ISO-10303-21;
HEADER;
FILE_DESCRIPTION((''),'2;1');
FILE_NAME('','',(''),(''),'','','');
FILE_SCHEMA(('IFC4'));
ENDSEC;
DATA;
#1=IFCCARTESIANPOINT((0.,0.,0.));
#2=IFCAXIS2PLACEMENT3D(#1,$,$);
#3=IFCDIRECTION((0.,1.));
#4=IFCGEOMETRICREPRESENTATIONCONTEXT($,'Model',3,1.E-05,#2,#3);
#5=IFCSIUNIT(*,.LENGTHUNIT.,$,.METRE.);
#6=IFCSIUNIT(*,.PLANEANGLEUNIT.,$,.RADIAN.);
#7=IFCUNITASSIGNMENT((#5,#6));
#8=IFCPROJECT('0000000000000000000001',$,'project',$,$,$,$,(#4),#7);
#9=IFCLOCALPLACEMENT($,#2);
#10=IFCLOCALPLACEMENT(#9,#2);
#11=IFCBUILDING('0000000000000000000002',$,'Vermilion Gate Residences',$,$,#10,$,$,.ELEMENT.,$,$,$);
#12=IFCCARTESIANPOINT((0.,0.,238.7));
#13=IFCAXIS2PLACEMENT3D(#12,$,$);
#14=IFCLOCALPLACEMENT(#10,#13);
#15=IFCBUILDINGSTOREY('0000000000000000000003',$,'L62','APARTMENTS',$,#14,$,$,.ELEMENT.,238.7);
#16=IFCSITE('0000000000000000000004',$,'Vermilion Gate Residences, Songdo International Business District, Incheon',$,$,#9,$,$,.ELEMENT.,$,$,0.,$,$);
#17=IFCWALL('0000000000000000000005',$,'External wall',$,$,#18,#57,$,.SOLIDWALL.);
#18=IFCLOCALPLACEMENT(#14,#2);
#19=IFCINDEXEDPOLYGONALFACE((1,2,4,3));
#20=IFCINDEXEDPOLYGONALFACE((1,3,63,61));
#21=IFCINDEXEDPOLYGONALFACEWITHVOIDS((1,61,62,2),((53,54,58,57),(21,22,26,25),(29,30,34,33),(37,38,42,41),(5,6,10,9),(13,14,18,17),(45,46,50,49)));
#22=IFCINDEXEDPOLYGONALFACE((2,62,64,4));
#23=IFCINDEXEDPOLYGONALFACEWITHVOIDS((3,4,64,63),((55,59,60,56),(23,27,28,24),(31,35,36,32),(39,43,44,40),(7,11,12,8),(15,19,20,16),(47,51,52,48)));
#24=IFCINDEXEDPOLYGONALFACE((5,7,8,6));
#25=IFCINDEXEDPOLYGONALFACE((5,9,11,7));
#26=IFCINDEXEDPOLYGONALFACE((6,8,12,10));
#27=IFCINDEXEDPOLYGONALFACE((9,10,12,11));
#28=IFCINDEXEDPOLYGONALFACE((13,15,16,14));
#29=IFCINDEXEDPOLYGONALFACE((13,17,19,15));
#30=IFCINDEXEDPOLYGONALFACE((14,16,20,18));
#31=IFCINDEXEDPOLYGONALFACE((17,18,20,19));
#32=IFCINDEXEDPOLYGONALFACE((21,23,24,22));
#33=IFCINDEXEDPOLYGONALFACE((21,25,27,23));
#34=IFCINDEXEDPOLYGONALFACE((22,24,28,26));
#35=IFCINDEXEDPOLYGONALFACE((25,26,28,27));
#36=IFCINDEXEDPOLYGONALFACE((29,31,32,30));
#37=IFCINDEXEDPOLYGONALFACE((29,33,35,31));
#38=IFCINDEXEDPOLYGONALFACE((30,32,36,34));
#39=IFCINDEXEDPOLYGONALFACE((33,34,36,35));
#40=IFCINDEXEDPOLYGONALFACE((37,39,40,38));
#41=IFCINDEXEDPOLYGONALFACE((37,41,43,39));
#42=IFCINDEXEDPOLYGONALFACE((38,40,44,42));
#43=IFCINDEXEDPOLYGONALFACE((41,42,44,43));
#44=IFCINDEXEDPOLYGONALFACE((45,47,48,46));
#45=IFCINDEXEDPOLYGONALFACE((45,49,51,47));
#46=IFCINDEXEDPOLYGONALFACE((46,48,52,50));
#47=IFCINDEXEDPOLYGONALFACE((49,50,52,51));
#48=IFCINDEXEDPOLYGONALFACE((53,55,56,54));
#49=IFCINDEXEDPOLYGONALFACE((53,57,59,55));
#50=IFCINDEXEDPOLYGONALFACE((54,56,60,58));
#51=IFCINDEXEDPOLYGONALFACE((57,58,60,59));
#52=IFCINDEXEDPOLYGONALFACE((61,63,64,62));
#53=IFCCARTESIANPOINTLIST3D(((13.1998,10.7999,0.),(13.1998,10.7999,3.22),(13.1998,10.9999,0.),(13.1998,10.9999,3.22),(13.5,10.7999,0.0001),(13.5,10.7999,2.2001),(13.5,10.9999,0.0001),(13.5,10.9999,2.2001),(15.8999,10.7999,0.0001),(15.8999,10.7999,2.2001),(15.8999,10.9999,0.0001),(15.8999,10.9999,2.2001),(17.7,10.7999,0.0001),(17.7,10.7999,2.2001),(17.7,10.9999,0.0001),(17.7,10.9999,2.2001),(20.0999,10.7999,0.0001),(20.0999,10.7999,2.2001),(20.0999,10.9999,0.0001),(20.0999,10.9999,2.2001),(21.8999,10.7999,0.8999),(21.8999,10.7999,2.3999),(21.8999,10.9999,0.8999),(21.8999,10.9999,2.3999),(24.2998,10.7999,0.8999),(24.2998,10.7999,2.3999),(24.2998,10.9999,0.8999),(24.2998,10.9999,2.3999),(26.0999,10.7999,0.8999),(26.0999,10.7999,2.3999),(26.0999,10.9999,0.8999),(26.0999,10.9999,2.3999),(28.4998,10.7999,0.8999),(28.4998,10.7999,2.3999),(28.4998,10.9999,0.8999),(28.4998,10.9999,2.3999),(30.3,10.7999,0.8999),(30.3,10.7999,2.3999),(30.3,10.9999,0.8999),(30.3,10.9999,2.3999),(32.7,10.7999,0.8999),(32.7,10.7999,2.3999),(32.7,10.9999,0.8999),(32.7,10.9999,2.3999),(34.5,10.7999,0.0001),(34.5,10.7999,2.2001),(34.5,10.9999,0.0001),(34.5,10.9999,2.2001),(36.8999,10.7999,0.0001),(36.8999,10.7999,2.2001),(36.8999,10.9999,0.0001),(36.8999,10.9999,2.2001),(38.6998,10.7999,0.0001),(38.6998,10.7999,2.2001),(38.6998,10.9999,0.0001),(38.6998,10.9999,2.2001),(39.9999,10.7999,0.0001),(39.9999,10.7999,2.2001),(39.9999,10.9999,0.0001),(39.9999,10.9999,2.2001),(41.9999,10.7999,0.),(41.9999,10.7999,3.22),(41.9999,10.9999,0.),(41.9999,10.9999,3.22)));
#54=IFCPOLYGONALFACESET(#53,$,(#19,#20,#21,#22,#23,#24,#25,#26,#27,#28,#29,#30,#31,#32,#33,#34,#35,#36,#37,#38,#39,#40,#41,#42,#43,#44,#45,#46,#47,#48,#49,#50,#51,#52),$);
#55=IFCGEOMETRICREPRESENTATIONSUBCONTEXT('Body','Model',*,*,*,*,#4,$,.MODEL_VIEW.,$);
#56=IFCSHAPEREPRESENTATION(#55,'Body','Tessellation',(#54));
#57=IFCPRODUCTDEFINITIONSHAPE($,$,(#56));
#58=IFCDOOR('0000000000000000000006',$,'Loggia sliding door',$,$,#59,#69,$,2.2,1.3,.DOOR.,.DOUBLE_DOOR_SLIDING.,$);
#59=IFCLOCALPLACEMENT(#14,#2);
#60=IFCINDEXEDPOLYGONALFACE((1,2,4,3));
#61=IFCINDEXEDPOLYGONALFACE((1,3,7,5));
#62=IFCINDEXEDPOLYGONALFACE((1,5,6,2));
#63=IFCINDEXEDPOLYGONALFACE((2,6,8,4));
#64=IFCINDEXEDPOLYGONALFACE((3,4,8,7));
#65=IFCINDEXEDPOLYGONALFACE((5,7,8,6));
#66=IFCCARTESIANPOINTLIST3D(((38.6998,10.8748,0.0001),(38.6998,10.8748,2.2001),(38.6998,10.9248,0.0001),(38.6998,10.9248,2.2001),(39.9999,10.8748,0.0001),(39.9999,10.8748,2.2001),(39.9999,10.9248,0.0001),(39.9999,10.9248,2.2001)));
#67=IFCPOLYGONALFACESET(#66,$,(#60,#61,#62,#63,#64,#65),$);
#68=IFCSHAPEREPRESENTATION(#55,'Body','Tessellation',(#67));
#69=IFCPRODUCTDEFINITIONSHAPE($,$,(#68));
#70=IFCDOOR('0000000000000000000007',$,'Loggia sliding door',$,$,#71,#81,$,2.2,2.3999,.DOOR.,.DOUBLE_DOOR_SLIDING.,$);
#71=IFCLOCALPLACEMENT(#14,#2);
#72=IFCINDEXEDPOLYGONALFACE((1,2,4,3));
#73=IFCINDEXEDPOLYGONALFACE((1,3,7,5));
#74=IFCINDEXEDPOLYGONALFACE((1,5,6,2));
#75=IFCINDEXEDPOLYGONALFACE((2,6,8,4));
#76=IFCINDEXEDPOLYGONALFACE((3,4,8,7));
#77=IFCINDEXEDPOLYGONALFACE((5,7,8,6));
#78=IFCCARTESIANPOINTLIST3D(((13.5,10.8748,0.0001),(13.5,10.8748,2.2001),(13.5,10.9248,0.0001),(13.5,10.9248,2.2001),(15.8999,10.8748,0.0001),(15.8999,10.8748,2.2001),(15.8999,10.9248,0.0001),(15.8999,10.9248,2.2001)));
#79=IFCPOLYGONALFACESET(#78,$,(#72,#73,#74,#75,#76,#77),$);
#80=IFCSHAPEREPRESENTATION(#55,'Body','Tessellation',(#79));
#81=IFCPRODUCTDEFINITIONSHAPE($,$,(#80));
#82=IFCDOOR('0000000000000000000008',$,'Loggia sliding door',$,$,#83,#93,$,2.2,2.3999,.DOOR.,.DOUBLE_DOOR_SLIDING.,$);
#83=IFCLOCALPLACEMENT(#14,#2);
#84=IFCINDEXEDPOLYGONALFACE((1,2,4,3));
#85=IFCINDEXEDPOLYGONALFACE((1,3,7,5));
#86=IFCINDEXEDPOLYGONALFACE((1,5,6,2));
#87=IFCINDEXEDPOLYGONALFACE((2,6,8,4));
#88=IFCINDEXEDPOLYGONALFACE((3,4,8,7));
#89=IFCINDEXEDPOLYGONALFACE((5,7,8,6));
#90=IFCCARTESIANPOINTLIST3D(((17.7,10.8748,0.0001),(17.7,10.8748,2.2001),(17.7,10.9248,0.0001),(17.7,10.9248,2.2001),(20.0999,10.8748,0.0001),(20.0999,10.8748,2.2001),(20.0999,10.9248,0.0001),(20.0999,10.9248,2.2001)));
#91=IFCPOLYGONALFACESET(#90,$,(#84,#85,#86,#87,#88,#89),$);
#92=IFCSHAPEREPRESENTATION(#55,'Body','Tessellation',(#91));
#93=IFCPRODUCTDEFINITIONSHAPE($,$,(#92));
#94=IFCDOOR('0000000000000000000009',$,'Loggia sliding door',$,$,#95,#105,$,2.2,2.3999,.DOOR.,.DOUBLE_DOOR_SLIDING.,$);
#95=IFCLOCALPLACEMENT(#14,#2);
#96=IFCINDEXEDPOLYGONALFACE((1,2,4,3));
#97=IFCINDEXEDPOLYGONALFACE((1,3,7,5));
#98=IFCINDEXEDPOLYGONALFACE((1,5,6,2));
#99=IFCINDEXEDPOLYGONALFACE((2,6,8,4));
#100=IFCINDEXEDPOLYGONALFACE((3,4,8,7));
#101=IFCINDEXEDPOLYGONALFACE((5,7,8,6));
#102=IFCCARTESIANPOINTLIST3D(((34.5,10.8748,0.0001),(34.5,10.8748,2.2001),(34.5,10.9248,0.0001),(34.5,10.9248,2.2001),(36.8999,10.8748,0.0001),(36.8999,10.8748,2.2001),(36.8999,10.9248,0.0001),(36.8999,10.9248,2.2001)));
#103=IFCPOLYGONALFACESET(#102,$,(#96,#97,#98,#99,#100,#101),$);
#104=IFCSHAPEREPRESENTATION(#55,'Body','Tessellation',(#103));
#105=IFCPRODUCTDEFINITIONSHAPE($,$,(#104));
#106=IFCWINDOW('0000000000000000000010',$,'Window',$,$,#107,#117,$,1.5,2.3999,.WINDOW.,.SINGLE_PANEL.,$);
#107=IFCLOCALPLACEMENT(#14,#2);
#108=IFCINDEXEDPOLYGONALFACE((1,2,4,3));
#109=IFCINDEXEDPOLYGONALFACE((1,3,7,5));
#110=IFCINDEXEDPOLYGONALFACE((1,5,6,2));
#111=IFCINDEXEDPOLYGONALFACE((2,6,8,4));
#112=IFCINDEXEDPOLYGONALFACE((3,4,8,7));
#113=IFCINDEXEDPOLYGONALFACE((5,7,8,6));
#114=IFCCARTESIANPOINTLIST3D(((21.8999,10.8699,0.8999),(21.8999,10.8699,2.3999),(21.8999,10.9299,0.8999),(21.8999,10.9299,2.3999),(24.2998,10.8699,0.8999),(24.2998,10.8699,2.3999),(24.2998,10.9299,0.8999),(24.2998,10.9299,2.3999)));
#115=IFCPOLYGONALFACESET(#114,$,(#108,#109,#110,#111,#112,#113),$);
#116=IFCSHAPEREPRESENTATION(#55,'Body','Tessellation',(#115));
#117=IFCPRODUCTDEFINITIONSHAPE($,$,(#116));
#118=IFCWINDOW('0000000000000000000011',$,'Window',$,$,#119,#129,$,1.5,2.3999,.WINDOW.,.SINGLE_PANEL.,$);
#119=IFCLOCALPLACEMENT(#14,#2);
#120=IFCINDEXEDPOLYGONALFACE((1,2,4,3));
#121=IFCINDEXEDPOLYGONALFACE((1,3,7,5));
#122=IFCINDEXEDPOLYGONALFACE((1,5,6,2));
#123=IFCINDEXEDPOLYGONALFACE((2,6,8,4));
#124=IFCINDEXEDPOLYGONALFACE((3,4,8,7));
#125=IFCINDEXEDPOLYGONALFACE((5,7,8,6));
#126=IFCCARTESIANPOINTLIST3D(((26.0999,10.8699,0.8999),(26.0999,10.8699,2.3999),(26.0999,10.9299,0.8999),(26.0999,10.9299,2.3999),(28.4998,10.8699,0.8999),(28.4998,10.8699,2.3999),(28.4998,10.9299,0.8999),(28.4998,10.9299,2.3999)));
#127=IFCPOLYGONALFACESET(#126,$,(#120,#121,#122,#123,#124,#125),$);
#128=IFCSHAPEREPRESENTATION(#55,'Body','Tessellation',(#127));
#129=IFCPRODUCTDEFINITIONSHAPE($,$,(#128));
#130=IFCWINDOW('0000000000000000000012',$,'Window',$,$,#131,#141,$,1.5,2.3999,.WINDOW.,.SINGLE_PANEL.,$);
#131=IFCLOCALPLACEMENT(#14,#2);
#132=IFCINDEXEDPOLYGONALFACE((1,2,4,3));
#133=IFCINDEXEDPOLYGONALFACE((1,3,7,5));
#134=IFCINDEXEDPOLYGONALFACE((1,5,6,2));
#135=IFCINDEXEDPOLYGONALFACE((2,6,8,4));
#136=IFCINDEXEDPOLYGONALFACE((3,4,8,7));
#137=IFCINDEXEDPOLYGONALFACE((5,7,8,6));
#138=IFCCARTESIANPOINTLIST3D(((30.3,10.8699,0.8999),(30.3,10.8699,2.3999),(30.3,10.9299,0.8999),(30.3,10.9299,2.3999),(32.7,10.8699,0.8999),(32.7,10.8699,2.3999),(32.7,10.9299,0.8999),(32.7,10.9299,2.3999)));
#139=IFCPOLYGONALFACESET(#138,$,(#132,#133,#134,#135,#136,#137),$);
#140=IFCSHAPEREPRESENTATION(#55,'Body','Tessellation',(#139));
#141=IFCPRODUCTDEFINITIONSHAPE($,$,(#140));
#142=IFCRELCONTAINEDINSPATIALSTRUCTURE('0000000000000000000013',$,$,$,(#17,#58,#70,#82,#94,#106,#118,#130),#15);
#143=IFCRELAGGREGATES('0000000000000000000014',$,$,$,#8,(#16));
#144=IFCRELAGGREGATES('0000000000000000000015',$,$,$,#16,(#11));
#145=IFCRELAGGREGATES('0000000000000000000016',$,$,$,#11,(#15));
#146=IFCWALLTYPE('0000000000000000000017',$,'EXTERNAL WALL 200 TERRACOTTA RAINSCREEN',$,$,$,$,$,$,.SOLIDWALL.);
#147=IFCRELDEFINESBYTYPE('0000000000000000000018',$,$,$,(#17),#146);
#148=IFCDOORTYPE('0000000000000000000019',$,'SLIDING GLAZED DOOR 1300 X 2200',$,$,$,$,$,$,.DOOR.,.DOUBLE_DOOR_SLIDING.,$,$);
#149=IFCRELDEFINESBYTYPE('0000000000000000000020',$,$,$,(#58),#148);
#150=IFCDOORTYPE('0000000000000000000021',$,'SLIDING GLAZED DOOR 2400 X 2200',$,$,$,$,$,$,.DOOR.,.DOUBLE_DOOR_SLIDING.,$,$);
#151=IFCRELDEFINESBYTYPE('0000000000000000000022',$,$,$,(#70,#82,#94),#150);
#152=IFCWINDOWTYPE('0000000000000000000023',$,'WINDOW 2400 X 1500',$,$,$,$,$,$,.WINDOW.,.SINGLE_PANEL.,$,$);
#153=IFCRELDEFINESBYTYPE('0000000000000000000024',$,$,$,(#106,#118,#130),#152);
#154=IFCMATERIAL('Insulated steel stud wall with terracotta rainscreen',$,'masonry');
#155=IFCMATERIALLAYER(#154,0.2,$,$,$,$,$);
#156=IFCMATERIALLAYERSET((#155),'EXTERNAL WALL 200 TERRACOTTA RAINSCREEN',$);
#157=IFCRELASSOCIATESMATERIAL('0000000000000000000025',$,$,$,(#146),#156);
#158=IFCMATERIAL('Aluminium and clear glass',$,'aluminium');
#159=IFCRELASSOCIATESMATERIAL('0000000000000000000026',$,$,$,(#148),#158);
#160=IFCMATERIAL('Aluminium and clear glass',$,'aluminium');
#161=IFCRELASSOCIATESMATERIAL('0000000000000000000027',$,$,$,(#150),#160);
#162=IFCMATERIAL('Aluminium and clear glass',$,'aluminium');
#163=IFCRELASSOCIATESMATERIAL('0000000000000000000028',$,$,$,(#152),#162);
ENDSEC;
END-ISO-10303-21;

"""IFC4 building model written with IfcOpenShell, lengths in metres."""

from ifc_helpers import new_model, si_unit, direction, frame, frame_2d, origin, place, context, subcontext, project, spatial, rectangle, extrude, material, layer, layer_set, type_object, element, fill, save


model = new_model("IFC4")

# Units and contexts
model_context = context("Model", 3, precision=1e-05, world=origin(), true_north=direction((0.0, 1.0)))
body_context = subcontext(model_context, "Body", "Model", "MODEL_VIEW")
ifc_project = project(units=[si_unit("LENGTHUNIT", "METRE"), si_unit("PLANEANGLEUNIT", "RADIAN")], contexts=[model_context])

# Site, building, storey
site_placement = place(None, origin())
site = spatial("IfcSite", under=ifc_project, at=site_placement, Name="Vermilion Gate Residences, Songdo International Business District, Incheon", CompositionType="ELEMENT", RefElevation=0.0)
building_placement = place(site_placement, origin())
building = spatial("IfcBuilding", under=site, at=building_placement, Name="Vermilion Gate Residences", CompositionType="ELEMENT")
storey_placement = place(building_placement, frame((0.0, 0.0, 238.7)))
storey = spatial("IfcBuildingStorey", under=building, at=storey_placement, Name="L62", Description="APARTMENTS", CompositionType="ELEMENT", Elevation=238.7)

# Shared definitions
ifc_material_1 = material(Name="Insulated steel stud wall with terracotta rainscreen", Category="masonry")
ifc_layer_1 = layer(ifc_material_1, 0.2)
ifc_layer_set_1 = layer_set([ifc_layer_1], Name="EXTERNAL WALL 200 TERRACOTTA RAINSCREEN")
wall_type_1 = type_object("IfcWallType", Name="EXTERNAL WALL 200 TERRACOTTA RAINSCREEN", PredefinedType="SOLIDWALL", material=ifc_layer_set_1)

# Wall, openings, doors, windows
wall_1_placement = place(storey_placement, frame((13.2, 10.8999, 0.0), z_axis=(0.0, 0.0, 1.0), x_axis=(1.0, 0.0, 0.0)))
wall_1 = element("IfcWall", 1, at=wall_1_placement, inside=storey, type_object=wall_type_1, Name="External wall", PredefinedType="SOLIDWALL", context=body_context, shape_type="SweptSolid", body=[
    extrude(rectangle(XDim=28.8, YDim=0.2, at=frame_2d((14.3999, 0.0))), origin(), (0.0, 0.0, 1.0), 3.22),
])
opening_1_placement = place(wall_1_placement, frame((0.3, 0.0, 0.0)))
opening_1 = element("IfcOpeningElement", 2, at=opening_1_placement, cuts=wall_1, PredefinedType="OPENING", context=body_context, shape_type="SweptSolid", body=[
    extrude(rectangle(XDim=2.3999, YDim=2.2, at=frame_2d((1.2, 1.1001))), frame((0.0, 0.1099, 0.0), z_axis=(0.0, -1.0, 0.0), x_axis=(1.0, 0.0, 0.0)), (0.0, 0.0, 1.0), 0.22),
])
opening_2_placement = place(wall_1_placement, frame((4.5, 0.0, 0.0)))
opening_2 = element("IfcOpeningElement", 3, at=opening_2_placement, cuts=wall_1, PredefinedType="OPENING", context=body_context, shape_type="SweptSolid", body=[
    extrude(rectangle(XDim=2.3999, YDim=2.2, at=frame_2d((1.2, 1.1001))), frame((0.0, 0.1099, 0.0), z_axis=(0.0, -1.0, 0.0), x_axis=(1.0, 0.0, 0.0)), (0.0, 0.0, 1.0), 0.22),
])
opening_3_placement = place(wall_1_placement, frame((8.7, 0.0, 0.8999)))
opening_3 = element("IfcOpeningElement", 4, at=opening_3_placement, cuts=wall_1, PredefinedType="OPENING", context=body_context, shape_type="SweptSolid", body=[
    extrude(rectangle(XDim=2.3999, YDim=1.5, at=frame_2d((1.2, 0.75))), frame((0.0, 0.1099, 0.0), z_axis=(0.0, -1.0, 0.0), x_axis=(1.0, 0.0, 0.0)), (0.0, 0.0, 1.0), 0.22),
])
opening_4_placement = place(wall_1_placement, frame((12.8999, 0.0, 0.8999)))
opening_4 = element("IfcOpeningElement", 5, at=opening_4_placement, cuts=wall_1, PredefinedType="OPENING", context=body_context, shape_type="SweptSolid", body=[
    extrude(rectangle(XDim=2.3999, YDim=1.5, at=frame_2d((1.2, 0.75))), frame((0.0, 0.1099, 0.0), z_axis=(0.0, -1.0, 0.0), x_axis=(1.0, 0.0, 0.0)), (0.0, 0.0, 1.0), 0.22),
])
opening_5_placement = place(wall_1_placement, frame((17.1001, 0.0, 0.8999)))
opening_5 = element("IfcOpeningElement", 6, at=opening_5_placement, cuts=wall_1, PredefinedType="OPENING", context=body_context, shape_type="SweptSolid", body=[
    extrude(rectangle(XDim=2.3999, YDim=1.5, at=frame_2d((1.2, 0.75))), frame((0.0, 0.1099, 0.0), z_axis=(0.0, -1.0, 0.0), x_axis=(1.0, 0.0, 0.0)), (0.0, 0.0, 1.0), 0.22),
])
opening_6_placement = place(wall_1_placement, frame((21.3, 0.0, 0.0)))
opening_6 = element("IfcOpeningElement", 7, at=opening_6_placement, cuts=wall_1, PredefinedType="OPENING", context=body_context, shape_type="SweptSolid", body=[
    extrude(rectangle(XDim=2.3999, YDim=2.2, at=frame_2d((1.2, 1.1001))), frame((0.0, 0.1099, 0.0), z_axis=(0.0, -1.0, 0.0), x_axis=(1.0, 0.0, 0.0)), (0.0, 0.0, 1.0), 0.22),
])
opening_7_placement = place(wall_1_placement, frame((25.5, 0.0, 0.0)))
opening_7 = element("IfcOpeningElement", 8, at=opening_7_placement, cuts=wall_1, PredefinedType="OPENING", context=body_context, shape_type="SweptSolid", body=[
    extrude(rectangle(XDim=1.3, YDim=2.2, at=frame_2d((0.6499, 1.1001))), frame((0.0, 0.1099, 0.0), z_axis=(0.0, -1.0, 0.0), x_axis=(1.0, 0.0, 0.0)), (0.0, 0.0, 1.0), 0.22),
])
ifc_material_2 = material(Name="Aluminium and clear glass", Category="aluminium")
door_type_1 = type_object("IfcDoorType", Name="SLIDING GLAZED DOOR 1300 X 2200", OperationType="DOUBLE_DOOR_SLIDING", PredefinedType="DOOR", material=ifc_material_2)
door_1_placement = place(opening_7_placement, origin())
door_1 = element("IfcDoor", 9, at=door_1_placement, inside=storey, type_object=door_type_1, Name="Loggia sliding door", OperationType="DOUBLE_DOOR_SLIDING", OverallHeight=2.2, OverallWidth=1.3, PredefinedType="DOOR", context=body_context, shape_type="SweptSolid", body=[
    extrude(rectangle(XDim=1.3, YDim=2.2, at=frame_2d((0.6499, 1.1001))), frame((0.0, 0.0249, 0.0), z_axis=(0.0, -1.0, 0.0), x_axis=(1.0, 0.0, 0.0)), (0.0, 0.0, 1.0), 0.05),
])
fill(opening_7, door_1)
ifc_material_3 = material(Name="Aluminium and clear glass", Category="aluminium")
door_type_2 = type_object("IfcDoorType", Name="SLIDING GLAZED DOOR 2400 X 2200", OperationType="DOUBLE_DOOR_SLIDING", PredefinedType="DOOR", material=ifc_material_3)
door_2_placement = place(opening_1_placement, origin())
door_2 = element("IfcDoor", 10, at=door_2_placement, inside=storey, type_object=door_type_2, Name="Loggia sliding door", OperationType="DOUBLE_DOOR_SLIDING", OverallHeight=2.2, OverallWidth=2.3999, PredefinedType="DOOR", context=body_context, shape_type="SweptSolid", body=[
    extrude(rectangle(XDim=2.3999, YDim=2.2, at=frame_2d((1.2, 1.1001))), frame((0.0, 0.0249, 0.0), z_axis=(0.0, -1.0, 0.0), x_axis=(1.0, 0.0, 0.0)), (0.0, 0.0, 1.0), 0.05),
])
fill(opening_1, door_2)
door_3_placement = place(opening_2_placement, origin())
door_3 = element("IfcDoor", 11, at=door_3_placement, inside=storey, type_object=door_type_2, Name="Loggia sliding door", OperationType="DOUBLE_DOOR_SLIDING", OverallHeight=2.2, OverallWidth=2.3999, PredefinedType="DOOR", context=body_context, shape_type="SweptSolid", body=[
    extrude(rectangle(XDim=2.3999, YDim=2.2, at=frame_2d((1.2, 1.1001))), frame((0.0, 0.0249, 0.0), z_axis=(0.0, -1.0, 0.0), x_axis=(1.0, 0.0, 0.0)), (0.0, 0.0, 1.0), 0.05),
])
fill(opening_2, door_3)
door_4_placement = place(opening_6_placement, origin())
door_4 = element("IfcDoor", 12, at=door_4_placement, inside=storey, type_object=door_type_2, Name="Loggia sliding door", OperationType="DOUBLE_DOOR_SLIDING", OverallHeight=2.2, OverallWidth=2.3999, PredefinedType="DOOR", context=body_context, shape_type="SweptSolid", body=[
    extrude(rectangle(XDim=2.3999, YDim=2.2, at=frame_2d((1.2, 1.1001))), frame((0.0, 0.0249, 0.0), z_axis=(0.0, -1.0, 0.0), x_axis=(1.0, 0.0, 0.0)), (0.0, 0.0, 1.0), 0.05),
])
fill(opening_6, door_4)
ifc_material_4 = material(Name="Aluminium and clear glass", Category="aluminium")
window_type = type_object("IfcWindowType", Name="WINDOW 2400 X 1500", PartitioningType="SINGLE_PANEL", PredefinedType="WINDOW", material=ifc_material_4)
window_1_placement = place(opening_3_placement, origin())
window_1 = element("IfcWindow", 13, at=window_1_placement, inside=storey, type_object=window_type, Name="Window", OverallHeight=1.5, OverallWidth=2.3999, PartitioningType="SINGLE_PANEL", PredefinedType="WINDOW", context=body_context, shape_type="SweptSolid", body=[
    extrude(rectangle(XDim=2.3999, YDim=1.5, at=frame_2d((1.2, 0.75))), frame((0.0, 0.03, 0.0), z_axis=(0.0, -1.0, 0.0), x_axis=(1.0, 0.0, 0.0)), (0.0, 0.0, 1.0), 0.0601),
])
fill(opening_3, window_1)
window_2_placement = place(opening_4_placement, origin())
window_2 = element("IfcWindow", 14, at=window_2_placement, inside=storey, type_object=window_type, Name="Window", OverallHeight=1.5, OverallWidth=2.3999, PartitioningType="SINGLE_PANEL", PredefinedType="WINDOW", context=body_context, shape_type="SweptSolid", body=[
    extrude(rectangle(XDim=2.3999, YDim=1.5, at=frame_2d((1.2, 0.75))), frame((0.0, 0.03, 0.0), z_axis=(0.0, -1.0, 0.0), x_axis=(1.0, 0.0, 0.0)), (0.0, 0.0, 1.0), 0.0601),
])
fill(opening_4, window_2)
window_3_placement = place(opening_5_placement, origin())
window_3 = element("IfcWindow", 15, at=window_3_placement, inside=storey, type_object=window_type, Name="Window", OverallHeight=1.5, OverallWidth=2.3999, PartitioningType="SINGLE_PANEL", PredefinedType="WINDOW", context=body_context, shape_type="SweptSolid", body=[
    extrude(rectangle(XDim=2.3999, YDim=1.5, at=frame_2d((1.2, 0.75))), frame((0.0, 0.03, 0.0), z_axis=(0.0, -1.0, 0.0), x_axis=(1.0, 0.0, 0.0)), (0.0, 0.0, 1.0), 0.0601),
])
fill(opening_5, window_3)

save(model, "model.ifc")
